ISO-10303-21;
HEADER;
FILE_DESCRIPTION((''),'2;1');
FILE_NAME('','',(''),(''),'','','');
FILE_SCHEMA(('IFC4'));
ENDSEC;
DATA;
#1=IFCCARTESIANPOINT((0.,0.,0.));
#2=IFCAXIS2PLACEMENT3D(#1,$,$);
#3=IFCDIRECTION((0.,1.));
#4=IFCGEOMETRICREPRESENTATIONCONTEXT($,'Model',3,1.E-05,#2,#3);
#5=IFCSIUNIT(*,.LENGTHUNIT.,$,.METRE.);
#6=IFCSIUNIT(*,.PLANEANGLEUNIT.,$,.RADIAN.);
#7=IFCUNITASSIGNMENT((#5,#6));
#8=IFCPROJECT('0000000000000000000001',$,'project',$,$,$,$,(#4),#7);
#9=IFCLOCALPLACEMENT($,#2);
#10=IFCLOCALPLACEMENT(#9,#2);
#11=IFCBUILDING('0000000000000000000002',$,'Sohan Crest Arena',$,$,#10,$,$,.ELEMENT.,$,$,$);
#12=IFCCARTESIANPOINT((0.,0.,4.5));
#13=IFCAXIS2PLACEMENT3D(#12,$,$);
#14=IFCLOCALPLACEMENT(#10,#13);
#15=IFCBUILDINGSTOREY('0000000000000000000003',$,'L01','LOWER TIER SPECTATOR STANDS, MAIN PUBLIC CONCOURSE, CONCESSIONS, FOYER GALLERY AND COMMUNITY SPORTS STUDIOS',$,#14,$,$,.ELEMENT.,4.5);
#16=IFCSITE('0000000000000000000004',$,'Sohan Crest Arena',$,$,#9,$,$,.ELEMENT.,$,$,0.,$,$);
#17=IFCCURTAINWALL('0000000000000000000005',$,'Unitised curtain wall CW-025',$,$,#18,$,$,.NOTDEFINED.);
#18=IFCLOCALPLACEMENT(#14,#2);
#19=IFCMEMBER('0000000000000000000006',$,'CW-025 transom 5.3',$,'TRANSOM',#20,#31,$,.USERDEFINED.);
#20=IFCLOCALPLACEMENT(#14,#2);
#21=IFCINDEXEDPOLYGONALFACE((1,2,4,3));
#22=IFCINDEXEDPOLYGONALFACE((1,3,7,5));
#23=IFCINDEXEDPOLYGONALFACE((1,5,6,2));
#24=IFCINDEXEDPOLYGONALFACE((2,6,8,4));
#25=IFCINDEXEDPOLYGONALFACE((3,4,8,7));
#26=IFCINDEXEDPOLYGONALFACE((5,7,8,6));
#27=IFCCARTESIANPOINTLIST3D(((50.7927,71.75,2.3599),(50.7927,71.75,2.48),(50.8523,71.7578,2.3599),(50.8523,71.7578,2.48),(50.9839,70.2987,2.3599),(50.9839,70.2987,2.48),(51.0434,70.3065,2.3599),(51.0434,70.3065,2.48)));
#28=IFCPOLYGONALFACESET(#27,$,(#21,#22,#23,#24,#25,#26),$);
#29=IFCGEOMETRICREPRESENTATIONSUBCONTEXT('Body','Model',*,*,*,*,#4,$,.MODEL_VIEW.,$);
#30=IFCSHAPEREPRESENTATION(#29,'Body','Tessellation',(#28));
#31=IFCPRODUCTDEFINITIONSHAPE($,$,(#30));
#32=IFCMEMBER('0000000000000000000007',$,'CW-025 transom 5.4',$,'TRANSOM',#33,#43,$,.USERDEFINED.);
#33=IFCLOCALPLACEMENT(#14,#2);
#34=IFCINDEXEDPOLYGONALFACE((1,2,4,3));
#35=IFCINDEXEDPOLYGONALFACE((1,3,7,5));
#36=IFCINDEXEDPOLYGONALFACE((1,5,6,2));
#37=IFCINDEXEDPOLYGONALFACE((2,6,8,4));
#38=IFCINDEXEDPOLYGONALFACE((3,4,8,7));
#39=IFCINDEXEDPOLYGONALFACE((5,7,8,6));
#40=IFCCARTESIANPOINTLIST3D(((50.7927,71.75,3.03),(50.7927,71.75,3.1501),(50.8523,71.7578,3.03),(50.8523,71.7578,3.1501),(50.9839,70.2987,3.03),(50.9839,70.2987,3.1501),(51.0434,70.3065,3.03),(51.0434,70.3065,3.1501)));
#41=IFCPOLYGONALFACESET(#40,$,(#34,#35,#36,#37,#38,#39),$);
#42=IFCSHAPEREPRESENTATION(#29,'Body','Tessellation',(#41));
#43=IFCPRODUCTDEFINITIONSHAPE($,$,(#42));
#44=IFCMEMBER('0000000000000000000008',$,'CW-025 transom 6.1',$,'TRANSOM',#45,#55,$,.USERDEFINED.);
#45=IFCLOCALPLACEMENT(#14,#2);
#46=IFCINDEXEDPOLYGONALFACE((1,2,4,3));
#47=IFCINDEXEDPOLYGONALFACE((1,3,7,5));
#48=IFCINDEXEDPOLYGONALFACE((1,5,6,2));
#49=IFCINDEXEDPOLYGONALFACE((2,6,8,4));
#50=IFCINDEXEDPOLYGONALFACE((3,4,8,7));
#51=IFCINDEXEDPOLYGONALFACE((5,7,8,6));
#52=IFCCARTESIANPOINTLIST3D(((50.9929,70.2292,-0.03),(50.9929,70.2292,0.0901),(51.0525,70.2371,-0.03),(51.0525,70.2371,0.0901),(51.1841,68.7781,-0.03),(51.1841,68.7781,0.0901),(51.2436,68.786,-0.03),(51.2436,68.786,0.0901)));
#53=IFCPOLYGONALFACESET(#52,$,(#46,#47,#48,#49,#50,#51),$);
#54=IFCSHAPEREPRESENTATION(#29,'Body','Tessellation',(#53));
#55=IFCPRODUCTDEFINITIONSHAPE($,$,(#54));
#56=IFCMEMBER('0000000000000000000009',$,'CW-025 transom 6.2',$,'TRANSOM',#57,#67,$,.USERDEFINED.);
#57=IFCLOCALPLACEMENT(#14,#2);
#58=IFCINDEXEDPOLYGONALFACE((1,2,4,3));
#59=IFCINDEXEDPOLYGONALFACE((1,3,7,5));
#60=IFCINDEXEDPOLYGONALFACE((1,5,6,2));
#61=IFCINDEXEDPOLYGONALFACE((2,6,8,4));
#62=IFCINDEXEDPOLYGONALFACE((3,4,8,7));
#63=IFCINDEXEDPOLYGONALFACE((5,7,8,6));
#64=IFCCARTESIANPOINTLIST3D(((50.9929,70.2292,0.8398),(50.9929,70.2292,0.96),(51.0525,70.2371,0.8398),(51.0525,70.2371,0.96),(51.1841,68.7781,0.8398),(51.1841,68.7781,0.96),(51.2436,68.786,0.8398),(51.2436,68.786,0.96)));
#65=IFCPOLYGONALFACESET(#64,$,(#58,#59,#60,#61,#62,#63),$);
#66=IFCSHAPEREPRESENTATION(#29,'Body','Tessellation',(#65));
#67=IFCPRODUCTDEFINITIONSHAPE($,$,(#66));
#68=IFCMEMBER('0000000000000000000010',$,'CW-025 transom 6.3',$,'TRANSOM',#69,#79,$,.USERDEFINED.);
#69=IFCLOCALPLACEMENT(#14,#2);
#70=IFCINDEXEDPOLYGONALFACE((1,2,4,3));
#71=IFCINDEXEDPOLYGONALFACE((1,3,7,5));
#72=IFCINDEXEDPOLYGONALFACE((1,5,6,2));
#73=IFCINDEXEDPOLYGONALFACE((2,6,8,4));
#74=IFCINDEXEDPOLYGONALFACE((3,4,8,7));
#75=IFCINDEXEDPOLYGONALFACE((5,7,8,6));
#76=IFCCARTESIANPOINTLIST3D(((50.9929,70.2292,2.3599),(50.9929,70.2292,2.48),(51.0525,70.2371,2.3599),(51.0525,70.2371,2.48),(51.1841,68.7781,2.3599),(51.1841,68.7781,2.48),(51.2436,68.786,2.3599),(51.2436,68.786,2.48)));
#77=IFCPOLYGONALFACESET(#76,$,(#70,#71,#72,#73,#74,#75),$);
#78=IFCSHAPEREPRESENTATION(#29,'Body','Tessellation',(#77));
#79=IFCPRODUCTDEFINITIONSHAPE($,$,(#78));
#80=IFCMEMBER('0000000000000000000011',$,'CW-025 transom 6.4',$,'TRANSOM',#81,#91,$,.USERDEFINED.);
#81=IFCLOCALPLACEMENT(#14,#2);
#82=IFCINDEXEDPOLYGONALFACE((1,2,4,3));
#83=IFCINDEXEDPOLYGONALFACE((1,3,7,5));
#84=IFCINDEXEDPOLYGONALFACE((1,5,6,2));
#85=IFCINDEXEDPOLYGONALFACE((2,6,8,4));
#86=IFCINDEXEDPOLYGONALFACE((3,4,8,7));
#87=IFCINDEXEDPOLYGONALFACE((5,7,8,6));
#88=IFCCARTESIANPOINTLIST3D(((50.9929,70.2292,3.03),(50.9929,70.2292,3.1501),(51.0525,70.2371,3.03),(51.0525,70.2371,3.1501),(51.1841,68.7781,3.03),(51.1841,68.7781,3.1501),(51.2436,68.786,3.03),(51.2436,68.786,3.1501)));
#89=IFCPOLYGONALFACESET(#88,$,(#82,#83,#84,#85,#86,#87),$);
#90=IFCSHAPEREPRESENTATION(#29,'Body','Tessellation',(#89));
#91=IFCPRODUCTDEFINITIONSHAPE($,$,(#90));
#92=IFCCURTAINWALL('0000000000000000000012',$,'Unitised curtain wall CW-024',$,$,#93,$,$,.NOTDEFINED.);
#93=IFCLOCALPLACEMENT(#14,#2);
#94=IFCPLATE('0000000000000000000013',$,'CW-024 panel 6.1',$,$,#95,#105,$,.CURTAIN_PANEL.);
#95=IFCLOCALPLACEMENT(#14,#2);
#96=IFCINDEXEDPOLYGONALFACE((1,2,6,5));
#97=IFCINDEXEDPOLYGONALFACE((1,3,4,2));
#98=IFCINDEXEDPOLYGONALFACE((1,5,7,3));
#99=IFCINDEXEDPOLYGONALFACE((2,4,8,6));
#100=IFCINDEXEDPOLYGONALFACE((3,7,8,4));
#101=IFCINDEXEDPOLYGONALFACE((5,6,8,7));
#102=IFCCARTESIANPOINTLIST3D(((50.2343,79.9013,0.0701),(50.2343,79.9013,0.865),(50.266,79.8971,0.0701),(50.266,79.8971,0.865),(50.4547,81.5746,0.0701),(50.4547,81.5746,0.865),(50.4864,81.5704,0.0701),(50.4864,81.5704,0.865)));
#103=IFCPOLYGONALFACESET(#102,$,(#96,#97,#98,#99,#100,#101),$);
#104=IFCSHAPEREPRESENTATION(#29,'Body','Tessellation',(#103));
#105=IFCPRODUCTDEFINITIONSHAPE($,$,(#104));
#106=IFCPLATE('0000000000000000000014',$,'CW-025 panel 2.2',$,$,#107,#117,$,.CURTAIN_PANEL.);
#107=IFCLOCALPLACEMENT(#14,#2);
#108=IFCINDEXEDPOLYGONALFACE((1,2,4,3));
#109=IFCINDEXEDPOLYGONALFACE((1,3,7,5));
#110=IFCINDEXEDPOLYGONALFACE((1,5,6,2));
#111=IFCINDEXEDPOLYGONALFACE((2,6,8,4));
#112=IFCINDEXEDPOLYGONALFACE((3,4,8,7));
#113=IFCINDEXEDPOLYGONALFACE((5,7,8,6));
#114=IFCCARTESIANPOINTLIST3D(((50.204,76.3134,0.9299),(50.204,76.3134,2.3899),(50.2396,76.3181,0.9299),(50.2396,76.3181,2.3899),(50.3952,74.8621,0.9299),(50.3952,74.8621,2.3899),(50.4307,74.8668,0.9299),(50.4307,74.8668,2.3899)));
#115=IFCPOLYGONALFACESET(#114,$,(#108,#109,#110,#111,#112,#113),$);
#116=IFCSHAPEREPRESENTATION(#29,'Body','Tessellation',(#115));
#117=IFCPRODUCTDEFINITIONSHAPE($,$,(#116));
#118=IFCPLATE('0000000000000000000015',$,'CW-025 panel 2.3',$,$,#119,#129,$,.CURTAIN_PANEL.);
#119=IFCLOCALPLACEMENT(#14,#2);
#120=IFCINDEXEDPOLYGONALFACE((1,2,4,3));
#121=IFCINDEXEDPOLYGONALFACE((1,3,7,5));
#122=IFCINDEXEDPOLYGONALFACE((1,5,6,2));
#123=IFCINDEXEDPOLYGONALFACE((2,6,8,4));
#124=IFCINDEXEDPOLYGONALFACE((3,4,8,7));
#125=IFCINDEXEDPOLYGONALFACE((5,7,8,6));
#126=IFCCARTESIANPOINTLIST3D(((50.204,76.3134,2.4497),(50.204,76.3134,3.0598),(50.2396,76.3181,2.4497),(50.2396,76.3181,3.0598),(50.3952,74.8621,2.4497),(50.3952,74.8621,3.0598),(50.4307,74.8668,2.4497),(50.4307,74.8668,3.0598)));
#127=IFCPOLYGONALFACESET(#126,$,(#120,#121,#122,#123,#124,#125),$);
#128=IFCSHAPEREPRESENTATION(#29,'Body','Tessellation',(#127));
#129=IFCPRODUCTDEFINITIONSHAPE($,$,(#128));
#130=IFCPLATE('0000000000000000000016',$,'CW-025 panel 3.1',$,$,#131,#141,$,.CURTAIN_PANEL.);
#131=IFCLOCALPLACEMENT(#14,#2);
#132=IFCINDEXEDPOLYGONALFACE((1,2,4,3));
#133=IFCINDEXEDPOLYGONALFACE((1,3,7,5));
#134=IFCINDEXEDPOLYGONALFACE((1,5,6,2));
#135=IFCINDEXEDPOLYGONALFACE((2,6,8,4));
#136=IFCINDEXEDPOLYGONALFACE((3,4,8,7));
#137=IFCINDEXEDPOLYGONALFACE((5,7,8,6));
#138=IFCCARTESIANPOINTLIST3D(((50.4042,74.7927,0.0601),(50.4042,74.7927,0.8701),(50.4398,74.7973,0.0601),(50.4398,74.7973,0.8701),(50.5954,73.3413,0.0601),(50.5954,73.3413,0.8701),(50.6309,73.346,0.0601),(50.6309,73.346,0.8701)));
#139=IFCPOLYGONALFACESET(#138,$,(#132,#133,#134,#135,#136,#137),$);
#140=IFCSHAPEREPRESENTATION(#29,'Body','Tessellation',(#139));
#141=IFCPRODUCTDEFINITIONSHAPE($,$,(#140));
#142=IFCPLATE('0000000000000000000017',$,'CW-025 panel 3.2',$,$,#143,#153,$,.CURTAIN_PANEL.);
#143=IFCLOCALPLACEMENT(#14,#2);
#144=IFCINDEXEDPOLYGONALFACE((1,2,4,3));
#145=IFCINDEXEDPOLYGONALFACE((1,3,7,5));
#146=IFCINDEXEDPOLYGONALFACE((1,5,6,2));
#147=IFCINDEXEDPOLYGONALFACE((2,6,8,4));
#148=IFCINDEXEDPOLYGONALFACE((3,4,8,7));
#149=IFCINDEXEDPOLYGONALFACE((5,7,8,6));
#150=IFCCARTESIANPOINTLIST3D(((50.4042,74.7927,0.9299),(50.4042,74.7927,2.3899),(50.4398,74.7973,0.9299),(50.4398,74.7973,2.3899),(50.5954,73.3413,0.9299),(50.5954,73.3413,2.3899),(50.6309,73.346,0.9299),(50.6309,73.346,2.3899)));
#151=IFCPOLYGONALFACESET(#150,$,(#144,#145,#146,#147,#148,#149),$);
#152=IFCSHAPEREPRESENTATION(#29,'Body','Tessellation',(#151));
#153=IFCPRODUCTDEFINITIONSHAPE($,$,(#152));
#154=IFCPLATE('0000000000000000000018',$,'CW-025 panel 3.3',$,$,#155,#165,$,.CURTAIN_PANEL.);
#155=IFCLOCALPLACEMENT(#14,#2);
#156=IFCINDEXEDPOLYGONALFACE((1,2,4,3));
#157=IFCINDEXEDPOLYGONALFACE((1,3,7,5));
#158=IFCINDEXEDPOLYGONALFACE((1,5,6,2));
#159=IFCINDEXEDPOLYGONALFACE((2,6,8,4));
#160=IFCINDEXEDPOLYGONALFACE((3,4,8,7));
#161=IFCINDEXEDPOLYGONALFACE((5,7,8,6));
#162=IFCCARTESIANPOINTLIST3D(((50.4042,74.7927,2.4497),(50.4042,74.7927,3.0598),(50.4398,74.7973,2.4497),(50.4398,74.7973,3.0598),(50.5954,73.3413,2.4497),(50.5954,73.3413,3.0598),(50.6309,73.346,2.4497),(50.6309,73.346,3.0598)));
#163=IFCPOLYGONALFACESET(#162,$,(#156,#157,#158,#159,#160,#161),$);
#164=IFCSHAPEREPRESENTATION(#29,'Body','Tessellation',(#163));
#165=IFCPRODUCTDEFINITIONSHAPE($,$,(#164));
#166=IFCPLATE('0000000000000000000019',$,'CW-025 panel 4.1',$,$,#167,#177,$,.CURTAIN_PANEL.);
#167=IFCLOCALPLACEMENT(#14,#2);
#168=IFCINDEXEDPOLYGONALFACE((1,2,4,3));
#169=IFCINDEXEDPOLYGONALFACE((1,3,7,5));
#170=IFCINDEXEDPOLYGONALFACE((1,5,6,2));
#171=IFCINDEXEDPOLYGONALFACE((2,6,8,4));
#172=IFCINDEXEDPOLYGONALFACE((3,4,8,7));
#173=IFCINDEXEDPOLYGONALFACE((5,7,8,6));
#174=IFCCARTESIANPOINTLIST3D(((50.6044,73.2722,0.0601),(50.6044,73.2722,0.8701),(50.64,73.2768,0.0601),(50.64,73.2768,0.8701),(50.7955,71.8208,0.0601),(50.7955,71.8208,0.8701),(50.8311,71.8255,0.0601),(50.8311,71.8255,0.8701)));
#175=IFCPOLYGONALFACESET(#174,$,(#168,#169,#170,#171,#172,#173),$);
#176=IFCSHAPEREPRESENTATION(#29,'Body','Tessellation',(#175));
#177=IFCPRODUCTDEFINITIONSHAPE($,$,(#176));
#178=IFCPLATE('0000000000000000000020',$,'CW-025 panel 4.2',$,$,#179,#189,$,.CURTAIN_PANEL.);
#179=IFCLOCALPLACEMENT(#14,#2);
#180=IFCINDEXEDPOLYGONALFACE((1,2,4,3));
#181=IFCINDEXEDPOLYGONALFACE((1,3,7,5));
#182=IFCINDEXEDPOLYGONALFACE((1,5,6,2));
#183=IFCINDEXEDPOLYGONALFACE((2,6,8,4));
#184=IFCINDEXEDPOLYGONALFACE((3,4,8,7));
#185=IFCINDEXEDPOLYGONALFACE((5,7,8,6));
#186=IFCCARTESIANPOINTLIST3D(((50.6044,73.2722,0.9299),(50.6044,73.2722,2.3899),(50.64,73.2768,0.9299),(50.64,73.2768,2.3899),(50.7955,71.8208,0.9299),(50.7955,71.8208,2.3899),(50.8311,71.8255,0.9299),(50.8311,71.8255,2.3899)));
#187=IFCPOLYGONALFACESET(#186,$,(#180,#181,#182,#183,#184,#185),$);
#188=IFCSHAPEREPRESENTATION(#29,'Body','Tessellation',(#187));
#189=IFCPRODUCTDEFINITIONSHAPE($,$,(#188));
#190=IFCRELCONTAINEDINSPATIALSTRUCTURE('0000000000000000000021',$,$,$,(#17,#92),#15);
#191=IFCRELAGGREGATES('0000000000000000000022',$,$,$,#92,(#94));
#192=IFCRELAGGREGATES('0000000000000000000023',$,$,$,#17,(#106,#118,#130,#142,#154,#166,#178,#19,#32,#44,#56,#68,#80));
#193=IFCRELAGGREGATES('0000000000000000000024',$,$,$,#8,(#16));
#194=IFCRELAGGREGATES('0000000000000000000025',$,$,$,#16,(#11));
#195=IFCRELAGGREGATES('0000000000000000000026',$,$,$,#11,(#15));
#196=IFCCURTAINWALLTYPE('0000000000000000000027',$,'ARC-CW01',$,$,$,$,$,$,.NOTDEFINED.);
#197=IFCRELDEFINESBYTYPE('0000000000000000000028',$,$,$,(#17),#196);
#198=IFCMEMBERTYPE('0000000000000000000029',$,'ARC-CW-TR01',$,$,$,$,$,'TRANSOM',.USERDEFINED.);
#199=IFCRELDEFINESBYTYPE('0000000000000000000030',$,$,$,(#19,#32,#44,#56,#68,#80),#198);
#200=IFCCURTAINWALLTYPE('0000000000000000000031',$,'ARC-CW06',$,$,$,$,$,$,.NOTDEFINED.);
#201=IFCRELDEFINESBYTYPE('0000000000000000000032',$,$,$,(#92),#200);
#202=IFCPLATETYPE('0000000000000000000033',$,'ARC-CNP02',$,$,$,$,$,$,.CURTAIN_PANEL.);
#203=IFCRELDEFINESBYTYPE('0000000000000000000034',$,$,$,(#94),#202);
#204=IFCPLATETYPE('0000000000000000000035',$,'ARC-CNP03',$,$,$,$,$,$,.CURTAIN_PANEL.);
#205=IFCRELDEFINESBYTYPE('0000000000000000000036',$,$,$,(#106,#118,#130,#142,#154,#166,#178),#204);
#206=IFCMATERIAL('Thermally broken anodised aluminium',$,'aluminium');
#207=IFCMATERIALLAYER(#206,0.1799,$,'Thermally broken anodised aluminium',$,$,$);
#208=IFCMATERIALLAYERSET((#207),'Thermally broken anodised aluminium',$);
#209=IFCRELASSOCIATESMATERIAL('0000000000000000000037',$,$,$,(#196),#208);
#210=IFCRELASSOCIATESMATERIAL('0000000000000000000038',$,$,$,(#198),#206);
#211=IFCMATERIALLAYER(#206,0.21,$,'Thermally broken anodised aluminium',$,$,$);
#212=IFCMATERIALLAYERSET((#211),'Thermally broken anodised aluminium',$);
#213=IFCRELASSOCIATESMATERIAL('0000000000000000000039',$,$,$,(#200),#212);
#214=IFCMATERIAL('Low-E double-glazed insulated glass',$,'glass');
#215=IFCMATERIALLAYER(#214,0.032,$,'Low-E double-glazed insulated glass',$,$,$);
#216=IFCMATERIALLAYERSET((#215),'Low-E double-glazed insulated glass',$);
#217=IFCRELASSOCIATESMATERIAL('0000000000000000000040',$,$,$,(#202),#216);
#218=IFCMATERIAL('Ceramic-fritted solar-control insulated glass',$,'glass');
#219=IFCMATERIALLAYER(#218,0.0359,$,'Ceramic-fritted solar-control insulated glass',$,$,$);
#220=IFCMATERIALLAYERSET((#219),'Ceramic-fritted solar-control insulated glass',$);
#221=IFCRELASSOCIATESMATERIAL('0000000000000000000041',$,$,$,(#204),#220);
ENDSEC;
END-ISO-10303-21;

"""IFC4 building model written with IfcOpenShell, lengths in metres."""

from ifc_helpers import new_model, si_unit, direction, frame, origin, origin_2d, place, context, subcontext, project, spatial, rectangle, extrude, material, layer, layer_set, material_profile, profile_set, type_object, element, aggregate, save


model = new_model("IFC4")

# Units and contexts
model_context = context("Model", 3, precision=1e-05, world=origin(), true_north=direction((0.0, 1.0)))
body_context = subcontext(model_context, "Body", "Model", "MODEL_VIEW")
ifc_project = project(units=[si_unit("LENGTHUNIT", "METRE"), si_unit("PLANEANGLEUNIT", "RADIAN")], contexts=[model_context])

# Site, building, storey
site_placement = place(None, origin())
site = spatial("IfcSite", under=ifc_project, at=site_placement, Name="Sohan Crest Arena", CompositionType="ELEMENT", RefElevation=0.0)
building_placement = place(site_placement, origin())
building = spatial("IfcBuilding", under=site, at=building_placement, Name="Sohan Crest Arena", CompositionType="ELEMENT")
storey_placement = place(building_placement, frame((0.0, 0.0, 4.5)))
storey = spatial("IfcBuildingStorey", under=building, at=storey_placement, Name="L01", Description="LOWER TIER SPECTATOR STANDS, MAIN PUBLIC CONCOURSE, CONCESSIONS, FOYER GALLERY AND COMMUNITY SPORTS STUDIOS", CompositionType="ELEMENT", Elevation=4.5)

# Curtain wall, members
ifc_material_1 = material(Name="Thermally broken anodised aluminium", Category="aluminium")
ifc_layer_1 = layer(ifc_material_1, 0.1799, Name="Thermally broken anodised aluminium")
ifc_layer_set_1 = layer_set([ifc_layer_1], Name="Thermally broken anodised aluminium")
curtain_wall_type_1 = type_object("IfcCurtainWallType", Name="ARC-CW01", PredefinedType="NOTDEFINED", material=ifc_layer_set_1)
curtain_wall_1_placement = place(storey_placement, origin())
curtain_wall_1 = element("IfcCurtainWall", 1, at=curtain_wall_1_placement, inside=storey, type_object=curtain_wall_type_1, Name="Unitised curtain wall CW-025", PredefinedType="NOTDEFINED")
ifc_material_profile_1 = material_profile(ifc_material_1, rectangle(XDim=0.0601, YDim=0.1201, at=origin_2d()), Name="ALU-TRAN 60x120")
ifc_profile_set_1 = profile_set([ifc_material_profile_1], Name="Thermally broken anodised aluminium")
member_type_1 = type_object("IfcMemberType", Name="ARC-CW-TR01", ElementType="TRANSOM", PredefinedType="USERDEFINED", material=ifc_profile_set_1)
member_1_placement = place(storey_placement, frame((50.8225, 71.7539, 2.4199), z_axis=(0.13058, -0.991438, 0.0), x_axis=(0.991438, 0.13058, 0.0)))
member_1 = element("IfcMember", 2, at=member_1_placement, type_object=member_type_1, Name="CW-025 transom 5.3", ObjectType="TRANSOM", PredefinedType="USERDEFINED", context=body_context, shape_type="SweptSolid", body=[
    extrude(rectangle(XDim=0.0601, YDim=0.1201, at=origin_2d()), origin(), (0.0, 0.0, 1.0), 1.4639),
])
member_2_placement = place(storey_placement, frame((50.8225, 71.7539, 3.0901), z_axis=(0.13058, -0.991438, 0.0), x_axis=(0.991438, 0.13058, 0.0)))
member_2 = element("IfcMember", 3, at=member_2_placement, type_object=member_type_1, Name="CW-025 transom 5.4", ObjectType="TRANSOM", PredefinedType="USERDEFINED", context=body_context, shape_type="SweptSolid", body=[
    extrude(rectangle(XDim=0.0601, YDim=0.1201, at=origin_2d()), origin(), (0.0, 0.0, 1.0), 1.4639),
])
member_3_placement = place(storey_placement, frame((51.0227, 70.2332, 0.03), z_axis=(0.130601, -0.991435, 0.0), x_axis=(0.991435, 0.130601, 0.0)))
member_3 = element("IfcMember", 4, at=member_3_placement, type_object=member_type_1, Name="CW-025 transom 6.1", ObjectType="TRANSOM", PredefinedType="USERDEFINED", context=body_context, shape_type="SweptSolid", body=[
    extrude(rectangle(XDim=0.0601, YDim=0.1201, at=origin_2d()), origin(), (0.0, 0.0, 1.0), 1.4636),
])
member_4_placement = place(storey_placement, frame((51.0227, 70.2332, 0.8999), z_axis=(0.130601, -0.991435, 0.0), x_axis=(0.991435, 0.130601, 0.0)))
member_4 = element("IfcMember", 5, at=member_4_placement, type_object=member_type_1, Name="CW-025 transom 6.2", ObjectType="TRANSOM", PredefinedType="USERDEFINED", context=body_context, shape_type="SweptSolid", body=[
    extrude(rectangle(XDim=0.0601, YDim=0.1201, at=origin_2d()), origin(), (0.0, 0.0, 1.0), 1.4636),
])
member_5_placement = place(storey_placement, frame((51.0227, 70.2332, 2.4199), z_axis=(0.130601, -0.991435, 0.0), x_axis=(0.991435, 0.130601, 0.0)))
member_5 = element("IfcMember", 6, at=member_5_placement, type_object=member_type_1, Name="CW-025 transom 6.3", ObjectType="TRANSOM", PredefinedType="USERDEFINED", context=body_context, shape_type="SweptSolid", body=[
    extrude(rectangle(XDim=0.0601, YDim=0.1201, at=origin_2d()), origin(), (0.0, 0.0, 1.0), 1.4636),
])
member_6_placement = place(storey_placement, frame((51.0227, 70.2332, 3.0901), z_axis=(0.130601, -0.991435, 0.0), x_axis=(0.991435, 0.130601, 0.0)))
member_6 = element("IfcMember", 7, at=member_6_placement, type_object=member_type_1, Name="CW-025 transom 6.4", ObjectType="TRANSOM", PredefinedType="USERDEFINED", context=body_context, shape_type="SweptSolid", body=[
    extrude(rectangle(XDim=0.0601, YDim=0.1201, at=origin_2d()), origin(), (0.0, 0.0, 1.0), 1.4636),
])

# Curtain wall, plate
ifc_layer_2 = layer(ifc_material_1, 0.21, Name="Thermally broken anodised aluminium")
ifc_layer_set_2 = layer_set([ifc_layer_2], Name="Thermally broken anodised aluminium")
curtain_wall_type_2 = type_object("IfcCurtainWallType", Name="ARC-CW06", PredefinedType="NOTDEFINED", material=ifc_layer_set_2)
curtain_wall_2_placement = place(storey_placement, origin())
curtain_wall_2 = element("IfcCurtainWall", 8, at=curtain_wall_2_placement, inside=storey, type_object=curtain_wall_type_2, Name="Unitised curtain wall CW-024", PredefinedType="NOTDEFINED")
ifc_material_2 = material(Name="Low-E double-glazed insulated glass", Category="glass")
ifc_layer_3 = layer(ifc_material_2, 0.032, Name="Low-E double-glazed insulated glass")
ifc_layer_set_3 = layer_set([ifc_layer_3], Name="Low-E double-glazed insulated glass")
plate_type_1 = type_object("IfcPlateType", Name="ARC-CNP02", PredefinedType="CURTAIN_PANEL", material=ifc_layer_set_3)
plate_1_placement = place(storey_placement, frame((50.3604, 80.7358, 0.0701), z_axis=(0.0, 0.0, 1.0), x_axis=(-0.130562, -0.99144, 0.0)))
plate_1 = element("IfcPlate", 9, at=plate_1_placement, type_object=plate_type_1, Name="CW-024 panel 6.1", PredefinedType="CURTAIN_PANEL", context=body_context, shape_type="SweptSolid", body=[
    extrude(rectangle(XDim=1.6877, YDim=0.032, at=origin_2d()), origin(), (0.0, 0.0, 1.0), 0.7949),
])
aggregate(curtain_wall_2, [plate_1])

# Plates
ifc_material_3 = material(Name="Ceramic-fritted solar-control insulated glass", Category="glass")
ifc_layer_4 = layer(ifc_material_3, 0.0359, Name="Ceramic-fritted solar-control insulated glass")
ifc_layer_set_4 = layer_set([ifc_layer_4], Name="Ceramic-fritted solar-control insulated glass")
plate_type_2 = type_object("IfcPlateType", Name="ARC-CNP03", PredefinedType="CURTAIN_PANEL", material=ifc_layer_set_4)
plate_2_placement = place(storey_placement, frame((50.3174, 75.5901, 0.9299), z_axis=(0.0, 0.0, 1.0), x_axis=(0.130562, -0.99144, 0.0)))
plate_2 = element("IfcPlate", 10, at=plate_2_placement, type_object=plate_type_2, Name="CW-025 panel 2.2", PredefinedType="CURTAIN_PANEL", context=body_context, shape_type="SweptSolid", body=[
    extrude(rectangle(XDim=1.4639, YDim=0.0359, at=origin_2d()), origin(), (0.0, 0.0, 1.0), 1.46),
])
plate_3_placement = place(storey_placement, frame((50.3174, 75.5901, 2.4497), z_axis=(0.0, 0.0, 1.0), x_axis=(0.130562, -0.99144, 0.0)))
plate_3 = element("IfcPlate", 11, at=plate_3_placement, type_object=plate_type_2, Name="CW-025 panel 2.3", PredefinedType="CURTAIN_PANEL", context=body_context, shape_type="SweptSolid", body=[
    extrude(rectangle(XDim=1.4639, YDim=0.0359, at=origin_2d()), origin(), (0.0, 0.0, 1.0), 0.6101),
])
plate_4_placement = place(storey_placement, frame((50.5176, 74.0693, 0.0601), z_axis=(0.0, 0.0, 1.0), x_axis=(0.130562, -0.99144, 0.0)))
plate_4 = element("IfcPlate", 12, at=plate_4_placement, type_object=plate_type_2, Name="CW-025 panel 3.1", PredefinedType="CURTAIN_PANEL", context=body_context, shape_type="SweptSolid", body=[
    extrude(rectangle(XDim=1.4639, YDim=0.0359, at=origin_2d()), origin(), (0.0, 0.0, 1.0), 0.8101),
])
plate_5_placement = place(storey_placement, frame((50.5176, 74.0693, 0.9299), z_axis=(0.0, 0.0, 1.0), x_axis=(0.130562, -0.99144, 0.0)))
plate_5 = element("IfcPlate", 13, at=plate_5_placement, type_object=plate_type_2, Name="CW-025 panel 3.2", PredefinedType="CURTAIN_PANEL", context=body_context, shape_type="SweptSolid", body=[
    extrude(rectangle(XDim=1.4639, YDim=0.0359, at=origin_2d()), origin(), (0.0, 0.0, 1.0), 1.46),
])
plate_6_placement = place(storey_placement, frame((50.5176, 74.0693, 2.4497), z_axis=(0.0, 0.0, 1.0), x_axis=(0.130562, -0.99144, 0.0)))
plate_6 = element("IfcPlate", 14, at=plate_6_placement, type_object=plate_type_2, Name="CW-025 panel 3.3", PredefinedType="CURTAIN_PANEL", context=body_context, shape_type="SweptSolid", body=[
    extrude(rectangle(XDim=1.4639, YDim=0.0359, at=origin_2d()), origin(), (0.0, 0.0, 1.0), 0.6101),
])
plate_7_placement = place(storey_placement, frame((50.7178, 72.5488, 0.0601), z_axis=(0.0, 0.0, 1.0), x_axis=(0.130562, -0.99144, 0.0)))
plate_7 = element("IfcPlate", 15, at=plate_7_placement, type_object=plate_type_2, Name="CW-025 panel 4.1", PredefinedType="CURTAIN_PANEL", context=body_context, shape_type="SweptSolid", body=[
    extrude(rectangle(XDim=1.4639, YDim=0.0359, at=origin_2d()), origin(), (0.0, 0.0, 1.0), 0.8101),
])
plate_8_placement = place(storey_placement, frame((50.7178, 72.5488, 0.9299), z_axis=(0.0, 0.0, 1.0), x_axis=(0.130562, -0.99144, 0.0)))
plate_8 = element("IfcPlate", 16, at=plate_8_placement, type_object=plate_type_2, Name="CW-025 panel 4.2", PredefinedType="CURTAIN_PANEL", context=body_context, shape_type="SweptSolid", body=[
    extrude(rectangle(XDim=1.4639, YDim=0.0359, at=origin_2d()), origin(), (0.0, 0.0, 1.0), 1.46),
])
aggregate(curtain_wall_1, [plate_2, plate_3, plate_4, plate_5, plate_6, plate_7, plate_8, member_1, member_2, member_3, member_4, member_5, member_6])

save(model, "model.ifc")
